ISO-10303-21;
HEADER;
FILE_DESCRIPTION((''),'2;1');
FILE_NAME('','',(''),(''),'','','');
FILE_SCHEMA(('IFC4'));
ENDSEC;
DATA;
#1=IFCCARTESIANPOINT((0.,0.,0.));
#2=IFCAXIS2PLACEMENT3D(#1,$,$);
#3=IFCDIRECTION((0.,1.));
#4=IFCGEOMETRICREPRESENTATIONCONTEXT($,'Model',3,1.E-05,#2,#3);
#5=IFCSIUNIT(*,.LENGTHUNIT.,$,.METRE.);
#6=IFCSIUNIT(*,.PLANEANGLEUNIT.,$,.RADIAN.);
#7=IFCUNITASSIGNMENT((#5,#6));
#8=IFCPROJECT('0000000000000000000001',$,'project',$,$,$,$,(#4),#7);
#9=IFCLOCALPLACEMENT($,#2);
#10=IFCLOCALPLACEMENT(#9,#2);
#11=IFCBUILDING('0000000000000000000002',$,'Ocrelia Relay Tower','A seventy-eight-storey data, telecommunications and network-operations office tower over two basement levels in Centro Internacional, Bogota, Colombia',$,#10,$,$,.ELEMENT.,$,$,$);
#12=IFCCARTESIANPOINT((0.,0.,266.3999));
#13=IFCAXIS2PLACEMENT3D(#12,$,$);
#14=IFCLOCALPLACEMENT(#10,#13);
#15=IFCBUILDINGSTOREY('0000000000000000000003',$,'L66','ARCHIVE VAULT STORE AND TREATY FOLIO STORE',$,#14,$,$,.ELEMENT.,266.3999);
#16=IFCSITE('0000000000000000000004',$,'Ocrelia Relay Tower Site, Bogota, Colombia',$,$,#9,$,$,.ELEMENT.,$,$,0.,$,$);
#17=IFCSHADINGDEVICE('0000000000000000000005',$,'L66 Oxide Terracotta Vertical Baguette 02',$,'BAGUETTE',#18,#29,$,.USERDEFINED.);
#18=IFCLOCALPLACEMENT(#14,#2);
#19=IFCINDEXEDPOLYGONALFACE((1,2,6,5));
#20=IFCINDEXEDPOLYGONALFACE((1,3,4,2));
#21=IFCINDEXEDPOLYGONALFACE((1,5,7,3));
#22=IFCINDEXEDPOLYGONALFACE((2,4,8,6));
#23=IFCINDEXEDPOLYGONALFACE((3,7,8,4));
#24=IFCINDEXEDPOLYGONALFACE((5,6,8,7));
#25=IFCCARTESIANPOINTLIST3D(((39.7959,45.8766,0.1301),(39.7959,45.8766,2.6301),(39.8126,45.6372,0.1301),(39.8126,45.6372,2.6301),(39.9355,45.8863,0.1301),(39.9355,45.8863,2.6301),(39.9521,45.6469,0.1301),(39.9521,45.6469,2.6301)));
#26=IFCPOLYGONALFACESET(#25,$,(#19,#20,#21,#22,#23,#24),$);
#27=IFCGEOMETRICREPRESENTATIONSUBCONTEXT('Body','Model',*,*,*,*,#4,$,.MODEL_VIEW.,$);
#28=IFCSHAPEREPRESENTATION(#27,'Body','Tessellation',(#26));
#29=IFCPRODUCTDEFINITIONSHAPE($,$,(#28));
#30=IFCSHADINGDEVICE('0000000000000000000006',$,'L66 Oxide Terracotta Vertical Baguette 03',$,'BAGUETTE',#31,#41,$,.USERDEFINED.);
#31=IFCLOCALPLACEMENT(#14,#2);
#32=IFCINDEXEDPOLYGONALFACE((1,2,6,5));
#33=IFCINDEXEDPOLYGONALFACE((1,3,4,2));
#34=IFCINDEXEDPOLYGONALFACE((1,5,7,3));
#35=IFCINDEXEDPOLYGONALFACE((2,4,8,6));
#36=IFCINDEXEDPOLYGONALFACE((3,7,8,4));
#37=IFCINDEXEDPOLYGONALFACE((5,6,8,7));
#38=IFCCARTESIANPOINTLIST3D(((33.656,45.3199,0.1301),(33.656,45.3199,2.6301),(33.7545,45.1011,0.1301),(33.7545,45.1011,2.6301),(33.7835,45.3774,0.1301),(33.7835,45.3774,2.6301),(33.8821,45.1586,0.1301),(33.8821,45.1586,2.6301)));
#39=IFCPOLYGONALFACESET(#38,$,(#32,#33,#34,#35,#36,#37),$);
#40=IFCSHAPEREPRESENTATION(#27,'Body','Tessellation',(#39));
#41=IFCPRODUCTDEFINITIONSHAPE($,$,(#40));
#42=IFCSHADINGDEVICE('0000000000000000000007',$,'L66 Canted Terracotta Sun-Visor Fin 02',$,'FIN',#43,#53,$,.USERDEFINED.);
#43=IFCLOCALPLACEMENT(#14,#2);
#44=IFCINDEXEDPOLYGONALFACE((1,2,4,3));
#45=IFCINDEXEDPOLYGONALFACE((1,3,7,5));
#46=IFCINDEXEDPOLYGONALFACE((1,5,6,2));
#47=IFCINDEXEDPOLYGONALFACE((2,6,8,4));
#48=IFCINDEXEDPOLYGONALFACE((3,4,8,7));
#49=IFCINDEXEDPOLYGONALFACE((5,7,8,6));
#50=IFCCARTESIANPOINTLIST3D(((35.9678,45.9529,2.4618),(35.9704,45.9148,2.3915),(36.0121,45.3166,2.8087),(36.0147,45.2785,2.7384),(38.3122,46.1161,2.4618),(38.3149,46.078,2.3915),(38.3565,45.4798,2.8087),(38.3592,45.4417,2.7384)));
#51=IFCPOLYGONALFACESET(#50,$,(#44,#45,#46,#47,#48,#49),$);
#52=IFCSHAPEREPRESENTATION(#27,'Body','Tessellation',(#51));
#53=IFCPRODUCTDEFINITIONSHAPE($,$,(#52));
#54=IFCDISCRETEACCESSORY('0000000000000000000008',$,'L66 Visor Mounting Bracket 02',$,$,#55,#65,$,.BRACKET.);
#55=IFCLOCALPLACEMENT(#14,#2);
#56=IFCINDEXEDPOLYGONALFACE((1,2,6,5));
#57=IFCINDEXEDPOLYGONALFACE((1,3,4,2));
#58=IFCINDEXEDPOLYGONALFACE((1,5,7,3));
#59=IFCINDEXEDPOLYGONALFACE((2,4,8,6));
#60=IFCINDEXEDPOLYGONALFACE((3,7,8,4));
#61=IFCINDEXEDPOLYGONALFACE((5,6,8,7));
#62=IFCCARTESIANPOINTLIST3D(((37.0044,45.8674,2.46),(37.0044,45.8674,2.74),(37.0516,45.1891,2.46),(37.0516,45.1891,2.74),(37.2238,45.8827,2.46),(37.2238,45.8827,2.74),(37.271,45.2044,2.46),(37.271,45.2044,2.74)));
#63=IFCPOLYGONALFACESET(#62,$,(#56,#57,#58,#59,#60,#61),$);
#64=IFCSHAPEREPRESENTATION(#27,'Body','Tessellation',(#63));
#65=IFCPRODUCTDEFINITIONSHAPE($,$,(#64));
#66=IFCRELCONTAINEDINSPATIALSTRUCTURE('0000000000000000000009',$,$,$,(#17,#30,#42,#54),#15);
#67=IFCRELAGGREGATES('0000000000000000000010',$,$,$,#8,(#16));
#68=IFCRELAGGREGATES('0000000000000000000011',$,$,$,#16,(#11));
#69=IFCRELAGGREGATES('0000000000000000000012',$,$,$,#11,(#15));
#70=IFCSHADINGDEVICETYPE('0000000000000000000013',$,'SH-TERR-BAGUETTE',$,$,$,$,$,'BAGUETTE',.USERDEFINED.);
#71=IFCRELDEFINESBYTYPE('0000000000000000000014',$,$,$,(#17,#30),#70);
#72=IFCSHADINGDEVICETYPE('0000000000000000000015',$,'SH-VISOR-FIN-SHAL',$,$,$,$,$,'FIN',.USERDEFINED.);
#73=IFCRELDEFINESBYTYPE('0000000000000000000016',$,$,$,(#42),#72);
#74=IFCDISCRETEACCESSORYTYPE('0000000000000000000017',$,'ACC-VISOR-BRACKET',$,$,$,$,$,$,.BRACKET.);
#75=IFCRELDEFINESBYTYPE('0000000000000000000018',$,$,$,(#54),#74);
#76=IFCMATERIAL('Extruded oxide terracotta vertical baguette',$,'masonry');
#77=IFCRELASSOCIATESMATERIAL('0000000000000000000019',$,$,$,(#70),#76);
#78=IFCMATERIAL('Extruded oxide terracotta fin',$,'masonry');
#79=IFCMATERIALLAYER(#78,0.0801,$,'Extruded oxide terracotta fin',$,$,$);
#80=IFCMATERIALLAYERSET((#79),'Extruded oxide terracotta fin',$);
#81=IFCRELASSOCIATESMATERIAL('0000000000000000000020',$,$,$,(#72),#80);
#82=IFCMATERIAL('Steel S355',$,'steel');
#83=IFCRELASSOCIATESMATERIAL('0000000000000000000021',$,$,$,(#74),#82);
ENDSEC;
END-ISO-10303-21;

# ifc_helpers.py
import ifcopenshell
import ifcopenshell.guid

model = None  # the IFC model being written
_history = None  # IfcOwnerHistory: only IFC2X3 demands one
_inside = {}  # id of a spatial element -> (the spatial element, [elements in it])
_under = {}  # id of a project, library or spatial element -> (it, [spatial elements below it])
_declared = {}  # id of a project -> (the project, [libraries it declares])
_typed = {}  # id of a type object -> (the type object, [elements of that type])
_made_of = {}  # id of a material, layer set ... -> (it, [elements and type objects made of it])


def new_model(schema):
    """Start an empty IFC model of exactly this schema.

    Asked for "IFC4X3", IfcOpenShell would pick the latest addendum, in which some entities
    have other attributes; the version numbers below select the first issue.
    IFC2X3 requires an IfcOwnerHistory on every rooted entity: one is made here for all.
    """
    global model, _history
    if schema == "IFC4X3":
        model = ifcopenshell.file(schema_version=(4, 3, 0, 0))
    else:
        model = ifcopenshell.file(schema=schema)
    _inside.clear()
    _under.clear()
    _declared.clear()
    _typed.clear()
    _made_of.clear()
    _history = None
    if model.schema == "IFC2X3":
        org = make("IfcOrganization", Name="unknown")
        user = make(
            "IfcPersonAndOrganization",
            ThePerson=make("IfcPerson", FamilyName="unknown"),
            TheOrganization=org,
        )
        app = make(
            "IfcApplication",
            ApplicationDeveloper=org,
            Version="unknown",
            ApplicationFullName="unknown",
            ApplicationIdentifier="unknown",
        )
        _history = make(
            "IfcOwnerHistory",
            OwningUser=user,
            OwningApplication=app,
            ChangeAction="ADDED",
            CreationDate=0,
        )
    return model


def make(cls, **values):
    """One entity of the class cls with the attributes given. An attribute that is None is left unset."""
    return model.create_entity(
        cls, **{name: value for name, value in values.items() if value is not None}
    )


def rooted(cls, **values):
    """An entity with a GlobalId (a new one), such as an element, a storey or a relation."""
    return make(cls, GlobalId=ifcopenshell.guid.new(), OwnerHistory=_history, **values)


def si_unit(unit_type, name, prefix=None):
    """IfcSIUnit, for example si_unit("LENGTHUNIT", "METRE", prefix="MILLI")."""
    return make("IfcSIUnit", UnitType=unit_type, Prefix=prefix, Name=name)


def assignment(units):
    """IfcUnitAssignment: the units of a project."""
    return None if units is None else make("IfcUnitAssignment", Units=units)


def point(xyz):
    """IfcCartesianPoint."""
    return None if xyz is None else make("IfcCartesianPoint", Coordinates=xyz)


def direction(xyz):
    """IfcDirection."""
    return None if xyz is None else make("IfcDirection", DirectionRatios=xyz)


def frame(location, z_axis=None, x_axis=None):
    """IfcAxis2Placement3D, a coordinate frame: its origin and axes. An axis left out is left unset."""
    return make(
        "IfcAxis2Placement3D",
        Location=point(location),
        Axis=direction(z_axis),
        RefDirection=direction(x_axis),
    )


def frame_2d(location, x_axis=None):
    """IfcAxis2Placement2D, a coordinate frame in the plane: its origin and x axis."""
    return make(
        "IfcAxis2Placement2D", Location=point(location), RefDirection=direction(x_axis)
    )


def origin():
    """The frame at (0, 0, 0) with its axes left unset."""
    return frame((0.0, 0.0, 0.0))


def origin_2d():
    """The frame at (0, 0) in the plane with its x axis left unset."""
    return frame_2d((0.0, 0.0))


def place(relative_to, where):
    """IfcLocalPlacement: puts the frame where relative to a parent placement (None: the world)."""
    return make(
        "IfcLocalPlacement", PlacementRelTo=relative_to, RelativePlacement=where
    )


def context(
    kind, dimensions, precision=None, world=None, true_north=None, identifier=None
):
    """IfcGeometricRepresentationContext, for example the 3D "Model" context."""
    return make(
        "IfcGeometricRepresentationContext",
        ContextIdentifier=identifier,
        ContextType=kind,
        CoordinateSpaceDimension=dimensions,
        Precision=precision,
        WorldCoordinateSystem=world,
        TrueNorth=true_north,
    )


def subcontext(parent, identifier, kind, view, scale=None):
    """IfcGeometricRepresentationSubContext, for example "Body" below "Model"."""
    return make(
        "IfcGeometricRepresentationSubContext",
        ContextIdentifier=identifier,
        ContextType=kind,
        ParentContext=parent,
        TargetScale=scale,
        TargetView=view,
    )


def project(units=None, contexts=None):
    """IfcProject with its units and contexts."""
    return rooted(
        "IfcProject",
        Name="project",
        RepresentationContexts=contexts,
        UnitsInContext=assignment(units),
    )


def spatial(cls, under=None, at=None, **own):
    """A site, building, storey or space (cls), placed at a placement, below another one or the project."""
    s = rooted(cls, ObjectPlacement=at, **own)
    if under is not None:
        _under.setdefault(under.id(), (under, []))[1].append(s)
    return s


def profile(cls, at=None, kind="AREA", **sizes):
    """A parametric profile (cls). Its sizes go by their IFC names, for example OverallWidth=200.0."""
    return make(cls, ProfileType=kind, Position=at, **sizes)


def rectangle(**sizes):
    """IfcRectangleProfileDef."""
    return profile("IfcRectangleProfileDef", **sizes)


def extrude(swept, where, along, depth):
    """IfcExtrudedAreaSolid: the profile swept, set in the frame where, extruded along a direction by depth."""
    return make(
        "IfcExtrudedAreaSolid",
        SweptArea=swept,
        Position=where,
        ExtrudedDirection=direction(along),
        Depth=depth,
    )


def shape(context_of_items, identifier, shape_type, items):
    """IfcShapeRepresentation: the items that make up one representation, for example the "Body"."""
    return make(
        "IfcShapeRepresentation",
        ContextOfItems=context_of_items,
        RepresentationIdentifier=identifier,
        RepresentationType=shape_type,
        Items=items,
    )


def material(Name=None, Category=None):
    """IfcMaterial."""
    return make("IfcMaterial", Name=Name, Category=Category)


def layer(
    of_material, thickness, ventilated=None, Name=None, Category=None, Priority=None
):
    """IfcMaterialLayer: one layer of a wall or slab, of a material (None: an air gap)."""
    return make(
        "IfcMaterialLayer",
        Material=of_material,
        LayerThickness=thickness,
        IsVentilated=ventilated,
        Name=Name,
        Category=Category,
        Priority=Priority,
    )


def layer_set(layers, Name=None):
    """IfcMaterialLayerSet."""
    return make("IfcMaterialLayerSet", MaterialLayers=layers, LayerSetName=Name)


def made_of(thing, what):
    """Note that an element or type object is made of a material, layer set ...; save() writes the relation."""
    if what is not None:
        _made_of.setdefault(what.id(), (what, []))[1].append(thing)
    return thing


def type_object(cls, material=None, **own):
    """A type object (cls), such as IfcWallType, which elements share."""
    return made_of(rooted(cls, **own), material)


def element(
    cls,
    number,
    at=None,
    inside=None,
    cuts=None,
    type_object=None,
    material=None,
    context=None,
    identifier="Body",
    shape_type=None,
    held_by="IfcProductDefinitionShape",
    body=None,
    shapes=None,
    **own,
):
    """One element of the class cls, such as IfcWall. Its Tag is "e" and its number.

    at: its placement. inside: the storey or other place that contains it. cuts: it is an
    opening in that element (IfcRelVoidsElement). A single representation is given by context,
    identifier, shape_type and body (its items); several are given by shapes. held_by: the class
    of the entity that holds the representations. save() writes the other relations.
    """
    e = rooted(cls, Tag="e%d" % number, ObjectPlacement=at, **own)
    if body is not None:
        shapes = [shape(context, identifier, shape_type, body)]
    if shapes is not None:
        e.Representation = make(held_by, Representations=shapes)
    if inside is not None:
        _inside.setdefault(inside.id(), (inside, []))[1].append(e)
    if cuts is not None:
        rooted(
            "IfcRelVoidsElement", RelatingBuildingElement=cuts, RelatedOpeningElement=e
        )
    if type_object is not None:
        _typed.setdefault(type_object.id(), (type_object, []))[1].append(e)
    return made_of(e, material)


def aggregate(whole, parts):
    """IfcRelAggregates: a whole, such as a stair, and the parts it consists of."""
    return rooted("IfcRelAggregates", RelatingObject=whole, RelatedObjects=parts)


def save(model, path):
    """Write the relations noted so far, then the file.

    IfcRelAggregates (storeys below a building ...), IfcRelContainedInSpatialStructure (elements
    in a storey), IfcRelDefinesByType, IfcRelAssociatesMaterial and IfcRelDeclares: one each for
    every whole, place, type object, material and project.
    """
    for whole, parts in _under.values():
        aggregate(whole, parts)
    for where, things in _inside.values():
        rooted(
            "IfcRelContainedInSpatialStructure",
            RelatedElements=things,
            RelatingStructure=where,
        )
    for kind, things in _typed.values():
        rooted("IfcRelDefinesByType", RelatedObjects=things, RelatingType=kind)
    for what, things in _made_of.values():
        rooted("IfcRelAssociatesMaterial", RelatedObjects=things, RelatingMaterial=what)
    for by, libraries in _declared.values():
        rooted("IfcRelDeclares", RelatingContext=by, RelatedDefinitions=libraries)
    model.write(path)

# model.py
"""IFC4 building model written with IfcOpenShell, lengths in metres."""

from ifc_helpers import new_model, si_unit, direction, frame, origin, origin_2d, place, context, subcontext, project, spatial, rectangle, extrude, material, layer, layer_set, type_object, element, save


model = new_model("IFC4")

# Units and contexts
model_context = context("Model", 3, precision=1e-05, world=origin(), true_north=direction((0.0, 1.0)))
body_context = subcontext(model_context, "Body", "Model", "MODEL_VIEW")
ifc_project = project(units=[si_unit("LENGTHUNIT", "METRE"), si_unit("PLANEANGLEUNIT", "RADIAN")], contexts=[model_context])

# Site, building, storey
site_placement = place(None, origin())
site = spatial("IfcSite", under=ifc_project, at=site_placement, Name="Ocrelia Relay Tower Site, Bogota, Colombia", CompositionType="ELEMENT", RefElevation=0.0)
building_placement = place(site_placement, origin())
building = spatial("IfcBuilding", under=site, at=building_placement, Name="Ocrelia Relay Tower", Description="A seventy-eight-storey data, telecommunications and network-operations office tower over two basement levels in Centro Internacional, Bogota, Colombia", CompositionType="ELEMENT")
storey_placement = place(building_placement, frame((0.0, 0.0, 266.3999)))
storey = spatial("IfcBuildingStorey", under=building, at=storey_placement, Name="L66", Description="ARCHIVE VAULT STORE AND TREATY FOLIO STORE", CompositionType="ELEMENT", Elevation=266.3999)

# Shared definitions
ifc_material_1 = material(Name="Steel S355", Category="steel")

# Shading devices
ifc_material_2 = material(Name="Extruded oxide terracotta vertical baguette", Category="masonry")
shading_device_type_1 = type_object("IfcShadingDeviceType", Name="SH-TERR-BAGUETTE", ElementType="BAGUETTE", PredefinedType="USERDEFINED", material=ifc_material_2)
for number, where, z_axis, x_axis, name in (
    (1, (39.874, 45.7617, 0.1301), (0.0, 0.0, 1.0), (-0.997585, -0.069451, 0.0), "L66 Oxide Terracotta Vertical Baguette 02"),
    (2, (33.769, 45.2393, 0.1301), (0.0, 0.0, 1.0), (-0.911789, -0.41066, 0.0), "L66 Oxide Terracotta Vertical Baguette 03"),
):
    element("IfcShadingDevice", number, at=place(storey_placement, frame(where, z_axis=z_axis, x_axis=x_axis)), inside=storey, type_object=shading_device_type_1, Name=name, ObjectType="BAGUETTE", PredefinedType="USERDEFINED", context=body_context, shape_type="SweptSolid", body=[
        extrude(rectangle(XDim=0.1399, YDim=0.24, at=origin_2d()), origin(), (0.0, 0.0, 1.0), 2.5),
    ])
ifc_material_3 = material(Name="Extruded oxide terracotta fin", Category="masonry")
ifc_layer_1 = layer(ifc_material_3, 0.0801, Name="Extruded oxide terracotta fin")
ifc_layer_set_1 = layer_set([ifc_layer_1], Name="Extruded oxide terracotta fin")
shading_device_type_2 = type_object("IfcShadingDeviceType", Name="SH-VISOR-FIN-SHAL", ElementType="FIN", PredefinedType="USERDEFINED", material=ifc_layer_set_1)
shading_device_placement = place(storey_placement, frame((37.1648, 45.6782, 2.5649), z_axis=(-0.033182, 0.476619, 0.878484), x_axis=(-0.997585, -0.069451, 0.0)))
element("IfcShadingDevice", 3, at=shading_device_placement, inside=storey, type_object=shading_device_type_2, Name="L66 Canted Terracotta Sun-Visor Fin 02", ObjectType="FIN", PredefinedType="USERDEFINED", context=body_context, shape_type="SweptSolid", body=[
    extrude(rectangle(XDim=2.3501, YDim=0.7261, at=origin_2d()), origin(), (0.0, 0.0, 1.0), 0.0801),
])

# Discrete accessory
discrete_accessory_type = type_object("IfcDiscreteAccessoryType", Name="ACC-VISOR-BRACKET", PredefinedType="BRACKET", material=ifc_material_1)
discrete_accessory_placement = place(storey_placement, frame((37.1377, 45.5359, 2.46), z_axis=(0.0, 0.0, 1.0), x_axis=(-0.997585, -0.069451, 0.0)))
element("IfcDiscreteAccessory", 4, at=discrete_accessory_placement, inside=storey, type_object=discrete_accessory_type, Name="L66 Visor Mounting Bracket 02", PredefinedType="BRACKET", context=body_context, shape_type="SweptSolid", body=[
    extrude(rectangle(XDim=0.22, YDim=0.6799, at=origin_2d()), origin(), (0.0, 0.0, 1.0), 0.28),
])

save(model, "model.ifc")
